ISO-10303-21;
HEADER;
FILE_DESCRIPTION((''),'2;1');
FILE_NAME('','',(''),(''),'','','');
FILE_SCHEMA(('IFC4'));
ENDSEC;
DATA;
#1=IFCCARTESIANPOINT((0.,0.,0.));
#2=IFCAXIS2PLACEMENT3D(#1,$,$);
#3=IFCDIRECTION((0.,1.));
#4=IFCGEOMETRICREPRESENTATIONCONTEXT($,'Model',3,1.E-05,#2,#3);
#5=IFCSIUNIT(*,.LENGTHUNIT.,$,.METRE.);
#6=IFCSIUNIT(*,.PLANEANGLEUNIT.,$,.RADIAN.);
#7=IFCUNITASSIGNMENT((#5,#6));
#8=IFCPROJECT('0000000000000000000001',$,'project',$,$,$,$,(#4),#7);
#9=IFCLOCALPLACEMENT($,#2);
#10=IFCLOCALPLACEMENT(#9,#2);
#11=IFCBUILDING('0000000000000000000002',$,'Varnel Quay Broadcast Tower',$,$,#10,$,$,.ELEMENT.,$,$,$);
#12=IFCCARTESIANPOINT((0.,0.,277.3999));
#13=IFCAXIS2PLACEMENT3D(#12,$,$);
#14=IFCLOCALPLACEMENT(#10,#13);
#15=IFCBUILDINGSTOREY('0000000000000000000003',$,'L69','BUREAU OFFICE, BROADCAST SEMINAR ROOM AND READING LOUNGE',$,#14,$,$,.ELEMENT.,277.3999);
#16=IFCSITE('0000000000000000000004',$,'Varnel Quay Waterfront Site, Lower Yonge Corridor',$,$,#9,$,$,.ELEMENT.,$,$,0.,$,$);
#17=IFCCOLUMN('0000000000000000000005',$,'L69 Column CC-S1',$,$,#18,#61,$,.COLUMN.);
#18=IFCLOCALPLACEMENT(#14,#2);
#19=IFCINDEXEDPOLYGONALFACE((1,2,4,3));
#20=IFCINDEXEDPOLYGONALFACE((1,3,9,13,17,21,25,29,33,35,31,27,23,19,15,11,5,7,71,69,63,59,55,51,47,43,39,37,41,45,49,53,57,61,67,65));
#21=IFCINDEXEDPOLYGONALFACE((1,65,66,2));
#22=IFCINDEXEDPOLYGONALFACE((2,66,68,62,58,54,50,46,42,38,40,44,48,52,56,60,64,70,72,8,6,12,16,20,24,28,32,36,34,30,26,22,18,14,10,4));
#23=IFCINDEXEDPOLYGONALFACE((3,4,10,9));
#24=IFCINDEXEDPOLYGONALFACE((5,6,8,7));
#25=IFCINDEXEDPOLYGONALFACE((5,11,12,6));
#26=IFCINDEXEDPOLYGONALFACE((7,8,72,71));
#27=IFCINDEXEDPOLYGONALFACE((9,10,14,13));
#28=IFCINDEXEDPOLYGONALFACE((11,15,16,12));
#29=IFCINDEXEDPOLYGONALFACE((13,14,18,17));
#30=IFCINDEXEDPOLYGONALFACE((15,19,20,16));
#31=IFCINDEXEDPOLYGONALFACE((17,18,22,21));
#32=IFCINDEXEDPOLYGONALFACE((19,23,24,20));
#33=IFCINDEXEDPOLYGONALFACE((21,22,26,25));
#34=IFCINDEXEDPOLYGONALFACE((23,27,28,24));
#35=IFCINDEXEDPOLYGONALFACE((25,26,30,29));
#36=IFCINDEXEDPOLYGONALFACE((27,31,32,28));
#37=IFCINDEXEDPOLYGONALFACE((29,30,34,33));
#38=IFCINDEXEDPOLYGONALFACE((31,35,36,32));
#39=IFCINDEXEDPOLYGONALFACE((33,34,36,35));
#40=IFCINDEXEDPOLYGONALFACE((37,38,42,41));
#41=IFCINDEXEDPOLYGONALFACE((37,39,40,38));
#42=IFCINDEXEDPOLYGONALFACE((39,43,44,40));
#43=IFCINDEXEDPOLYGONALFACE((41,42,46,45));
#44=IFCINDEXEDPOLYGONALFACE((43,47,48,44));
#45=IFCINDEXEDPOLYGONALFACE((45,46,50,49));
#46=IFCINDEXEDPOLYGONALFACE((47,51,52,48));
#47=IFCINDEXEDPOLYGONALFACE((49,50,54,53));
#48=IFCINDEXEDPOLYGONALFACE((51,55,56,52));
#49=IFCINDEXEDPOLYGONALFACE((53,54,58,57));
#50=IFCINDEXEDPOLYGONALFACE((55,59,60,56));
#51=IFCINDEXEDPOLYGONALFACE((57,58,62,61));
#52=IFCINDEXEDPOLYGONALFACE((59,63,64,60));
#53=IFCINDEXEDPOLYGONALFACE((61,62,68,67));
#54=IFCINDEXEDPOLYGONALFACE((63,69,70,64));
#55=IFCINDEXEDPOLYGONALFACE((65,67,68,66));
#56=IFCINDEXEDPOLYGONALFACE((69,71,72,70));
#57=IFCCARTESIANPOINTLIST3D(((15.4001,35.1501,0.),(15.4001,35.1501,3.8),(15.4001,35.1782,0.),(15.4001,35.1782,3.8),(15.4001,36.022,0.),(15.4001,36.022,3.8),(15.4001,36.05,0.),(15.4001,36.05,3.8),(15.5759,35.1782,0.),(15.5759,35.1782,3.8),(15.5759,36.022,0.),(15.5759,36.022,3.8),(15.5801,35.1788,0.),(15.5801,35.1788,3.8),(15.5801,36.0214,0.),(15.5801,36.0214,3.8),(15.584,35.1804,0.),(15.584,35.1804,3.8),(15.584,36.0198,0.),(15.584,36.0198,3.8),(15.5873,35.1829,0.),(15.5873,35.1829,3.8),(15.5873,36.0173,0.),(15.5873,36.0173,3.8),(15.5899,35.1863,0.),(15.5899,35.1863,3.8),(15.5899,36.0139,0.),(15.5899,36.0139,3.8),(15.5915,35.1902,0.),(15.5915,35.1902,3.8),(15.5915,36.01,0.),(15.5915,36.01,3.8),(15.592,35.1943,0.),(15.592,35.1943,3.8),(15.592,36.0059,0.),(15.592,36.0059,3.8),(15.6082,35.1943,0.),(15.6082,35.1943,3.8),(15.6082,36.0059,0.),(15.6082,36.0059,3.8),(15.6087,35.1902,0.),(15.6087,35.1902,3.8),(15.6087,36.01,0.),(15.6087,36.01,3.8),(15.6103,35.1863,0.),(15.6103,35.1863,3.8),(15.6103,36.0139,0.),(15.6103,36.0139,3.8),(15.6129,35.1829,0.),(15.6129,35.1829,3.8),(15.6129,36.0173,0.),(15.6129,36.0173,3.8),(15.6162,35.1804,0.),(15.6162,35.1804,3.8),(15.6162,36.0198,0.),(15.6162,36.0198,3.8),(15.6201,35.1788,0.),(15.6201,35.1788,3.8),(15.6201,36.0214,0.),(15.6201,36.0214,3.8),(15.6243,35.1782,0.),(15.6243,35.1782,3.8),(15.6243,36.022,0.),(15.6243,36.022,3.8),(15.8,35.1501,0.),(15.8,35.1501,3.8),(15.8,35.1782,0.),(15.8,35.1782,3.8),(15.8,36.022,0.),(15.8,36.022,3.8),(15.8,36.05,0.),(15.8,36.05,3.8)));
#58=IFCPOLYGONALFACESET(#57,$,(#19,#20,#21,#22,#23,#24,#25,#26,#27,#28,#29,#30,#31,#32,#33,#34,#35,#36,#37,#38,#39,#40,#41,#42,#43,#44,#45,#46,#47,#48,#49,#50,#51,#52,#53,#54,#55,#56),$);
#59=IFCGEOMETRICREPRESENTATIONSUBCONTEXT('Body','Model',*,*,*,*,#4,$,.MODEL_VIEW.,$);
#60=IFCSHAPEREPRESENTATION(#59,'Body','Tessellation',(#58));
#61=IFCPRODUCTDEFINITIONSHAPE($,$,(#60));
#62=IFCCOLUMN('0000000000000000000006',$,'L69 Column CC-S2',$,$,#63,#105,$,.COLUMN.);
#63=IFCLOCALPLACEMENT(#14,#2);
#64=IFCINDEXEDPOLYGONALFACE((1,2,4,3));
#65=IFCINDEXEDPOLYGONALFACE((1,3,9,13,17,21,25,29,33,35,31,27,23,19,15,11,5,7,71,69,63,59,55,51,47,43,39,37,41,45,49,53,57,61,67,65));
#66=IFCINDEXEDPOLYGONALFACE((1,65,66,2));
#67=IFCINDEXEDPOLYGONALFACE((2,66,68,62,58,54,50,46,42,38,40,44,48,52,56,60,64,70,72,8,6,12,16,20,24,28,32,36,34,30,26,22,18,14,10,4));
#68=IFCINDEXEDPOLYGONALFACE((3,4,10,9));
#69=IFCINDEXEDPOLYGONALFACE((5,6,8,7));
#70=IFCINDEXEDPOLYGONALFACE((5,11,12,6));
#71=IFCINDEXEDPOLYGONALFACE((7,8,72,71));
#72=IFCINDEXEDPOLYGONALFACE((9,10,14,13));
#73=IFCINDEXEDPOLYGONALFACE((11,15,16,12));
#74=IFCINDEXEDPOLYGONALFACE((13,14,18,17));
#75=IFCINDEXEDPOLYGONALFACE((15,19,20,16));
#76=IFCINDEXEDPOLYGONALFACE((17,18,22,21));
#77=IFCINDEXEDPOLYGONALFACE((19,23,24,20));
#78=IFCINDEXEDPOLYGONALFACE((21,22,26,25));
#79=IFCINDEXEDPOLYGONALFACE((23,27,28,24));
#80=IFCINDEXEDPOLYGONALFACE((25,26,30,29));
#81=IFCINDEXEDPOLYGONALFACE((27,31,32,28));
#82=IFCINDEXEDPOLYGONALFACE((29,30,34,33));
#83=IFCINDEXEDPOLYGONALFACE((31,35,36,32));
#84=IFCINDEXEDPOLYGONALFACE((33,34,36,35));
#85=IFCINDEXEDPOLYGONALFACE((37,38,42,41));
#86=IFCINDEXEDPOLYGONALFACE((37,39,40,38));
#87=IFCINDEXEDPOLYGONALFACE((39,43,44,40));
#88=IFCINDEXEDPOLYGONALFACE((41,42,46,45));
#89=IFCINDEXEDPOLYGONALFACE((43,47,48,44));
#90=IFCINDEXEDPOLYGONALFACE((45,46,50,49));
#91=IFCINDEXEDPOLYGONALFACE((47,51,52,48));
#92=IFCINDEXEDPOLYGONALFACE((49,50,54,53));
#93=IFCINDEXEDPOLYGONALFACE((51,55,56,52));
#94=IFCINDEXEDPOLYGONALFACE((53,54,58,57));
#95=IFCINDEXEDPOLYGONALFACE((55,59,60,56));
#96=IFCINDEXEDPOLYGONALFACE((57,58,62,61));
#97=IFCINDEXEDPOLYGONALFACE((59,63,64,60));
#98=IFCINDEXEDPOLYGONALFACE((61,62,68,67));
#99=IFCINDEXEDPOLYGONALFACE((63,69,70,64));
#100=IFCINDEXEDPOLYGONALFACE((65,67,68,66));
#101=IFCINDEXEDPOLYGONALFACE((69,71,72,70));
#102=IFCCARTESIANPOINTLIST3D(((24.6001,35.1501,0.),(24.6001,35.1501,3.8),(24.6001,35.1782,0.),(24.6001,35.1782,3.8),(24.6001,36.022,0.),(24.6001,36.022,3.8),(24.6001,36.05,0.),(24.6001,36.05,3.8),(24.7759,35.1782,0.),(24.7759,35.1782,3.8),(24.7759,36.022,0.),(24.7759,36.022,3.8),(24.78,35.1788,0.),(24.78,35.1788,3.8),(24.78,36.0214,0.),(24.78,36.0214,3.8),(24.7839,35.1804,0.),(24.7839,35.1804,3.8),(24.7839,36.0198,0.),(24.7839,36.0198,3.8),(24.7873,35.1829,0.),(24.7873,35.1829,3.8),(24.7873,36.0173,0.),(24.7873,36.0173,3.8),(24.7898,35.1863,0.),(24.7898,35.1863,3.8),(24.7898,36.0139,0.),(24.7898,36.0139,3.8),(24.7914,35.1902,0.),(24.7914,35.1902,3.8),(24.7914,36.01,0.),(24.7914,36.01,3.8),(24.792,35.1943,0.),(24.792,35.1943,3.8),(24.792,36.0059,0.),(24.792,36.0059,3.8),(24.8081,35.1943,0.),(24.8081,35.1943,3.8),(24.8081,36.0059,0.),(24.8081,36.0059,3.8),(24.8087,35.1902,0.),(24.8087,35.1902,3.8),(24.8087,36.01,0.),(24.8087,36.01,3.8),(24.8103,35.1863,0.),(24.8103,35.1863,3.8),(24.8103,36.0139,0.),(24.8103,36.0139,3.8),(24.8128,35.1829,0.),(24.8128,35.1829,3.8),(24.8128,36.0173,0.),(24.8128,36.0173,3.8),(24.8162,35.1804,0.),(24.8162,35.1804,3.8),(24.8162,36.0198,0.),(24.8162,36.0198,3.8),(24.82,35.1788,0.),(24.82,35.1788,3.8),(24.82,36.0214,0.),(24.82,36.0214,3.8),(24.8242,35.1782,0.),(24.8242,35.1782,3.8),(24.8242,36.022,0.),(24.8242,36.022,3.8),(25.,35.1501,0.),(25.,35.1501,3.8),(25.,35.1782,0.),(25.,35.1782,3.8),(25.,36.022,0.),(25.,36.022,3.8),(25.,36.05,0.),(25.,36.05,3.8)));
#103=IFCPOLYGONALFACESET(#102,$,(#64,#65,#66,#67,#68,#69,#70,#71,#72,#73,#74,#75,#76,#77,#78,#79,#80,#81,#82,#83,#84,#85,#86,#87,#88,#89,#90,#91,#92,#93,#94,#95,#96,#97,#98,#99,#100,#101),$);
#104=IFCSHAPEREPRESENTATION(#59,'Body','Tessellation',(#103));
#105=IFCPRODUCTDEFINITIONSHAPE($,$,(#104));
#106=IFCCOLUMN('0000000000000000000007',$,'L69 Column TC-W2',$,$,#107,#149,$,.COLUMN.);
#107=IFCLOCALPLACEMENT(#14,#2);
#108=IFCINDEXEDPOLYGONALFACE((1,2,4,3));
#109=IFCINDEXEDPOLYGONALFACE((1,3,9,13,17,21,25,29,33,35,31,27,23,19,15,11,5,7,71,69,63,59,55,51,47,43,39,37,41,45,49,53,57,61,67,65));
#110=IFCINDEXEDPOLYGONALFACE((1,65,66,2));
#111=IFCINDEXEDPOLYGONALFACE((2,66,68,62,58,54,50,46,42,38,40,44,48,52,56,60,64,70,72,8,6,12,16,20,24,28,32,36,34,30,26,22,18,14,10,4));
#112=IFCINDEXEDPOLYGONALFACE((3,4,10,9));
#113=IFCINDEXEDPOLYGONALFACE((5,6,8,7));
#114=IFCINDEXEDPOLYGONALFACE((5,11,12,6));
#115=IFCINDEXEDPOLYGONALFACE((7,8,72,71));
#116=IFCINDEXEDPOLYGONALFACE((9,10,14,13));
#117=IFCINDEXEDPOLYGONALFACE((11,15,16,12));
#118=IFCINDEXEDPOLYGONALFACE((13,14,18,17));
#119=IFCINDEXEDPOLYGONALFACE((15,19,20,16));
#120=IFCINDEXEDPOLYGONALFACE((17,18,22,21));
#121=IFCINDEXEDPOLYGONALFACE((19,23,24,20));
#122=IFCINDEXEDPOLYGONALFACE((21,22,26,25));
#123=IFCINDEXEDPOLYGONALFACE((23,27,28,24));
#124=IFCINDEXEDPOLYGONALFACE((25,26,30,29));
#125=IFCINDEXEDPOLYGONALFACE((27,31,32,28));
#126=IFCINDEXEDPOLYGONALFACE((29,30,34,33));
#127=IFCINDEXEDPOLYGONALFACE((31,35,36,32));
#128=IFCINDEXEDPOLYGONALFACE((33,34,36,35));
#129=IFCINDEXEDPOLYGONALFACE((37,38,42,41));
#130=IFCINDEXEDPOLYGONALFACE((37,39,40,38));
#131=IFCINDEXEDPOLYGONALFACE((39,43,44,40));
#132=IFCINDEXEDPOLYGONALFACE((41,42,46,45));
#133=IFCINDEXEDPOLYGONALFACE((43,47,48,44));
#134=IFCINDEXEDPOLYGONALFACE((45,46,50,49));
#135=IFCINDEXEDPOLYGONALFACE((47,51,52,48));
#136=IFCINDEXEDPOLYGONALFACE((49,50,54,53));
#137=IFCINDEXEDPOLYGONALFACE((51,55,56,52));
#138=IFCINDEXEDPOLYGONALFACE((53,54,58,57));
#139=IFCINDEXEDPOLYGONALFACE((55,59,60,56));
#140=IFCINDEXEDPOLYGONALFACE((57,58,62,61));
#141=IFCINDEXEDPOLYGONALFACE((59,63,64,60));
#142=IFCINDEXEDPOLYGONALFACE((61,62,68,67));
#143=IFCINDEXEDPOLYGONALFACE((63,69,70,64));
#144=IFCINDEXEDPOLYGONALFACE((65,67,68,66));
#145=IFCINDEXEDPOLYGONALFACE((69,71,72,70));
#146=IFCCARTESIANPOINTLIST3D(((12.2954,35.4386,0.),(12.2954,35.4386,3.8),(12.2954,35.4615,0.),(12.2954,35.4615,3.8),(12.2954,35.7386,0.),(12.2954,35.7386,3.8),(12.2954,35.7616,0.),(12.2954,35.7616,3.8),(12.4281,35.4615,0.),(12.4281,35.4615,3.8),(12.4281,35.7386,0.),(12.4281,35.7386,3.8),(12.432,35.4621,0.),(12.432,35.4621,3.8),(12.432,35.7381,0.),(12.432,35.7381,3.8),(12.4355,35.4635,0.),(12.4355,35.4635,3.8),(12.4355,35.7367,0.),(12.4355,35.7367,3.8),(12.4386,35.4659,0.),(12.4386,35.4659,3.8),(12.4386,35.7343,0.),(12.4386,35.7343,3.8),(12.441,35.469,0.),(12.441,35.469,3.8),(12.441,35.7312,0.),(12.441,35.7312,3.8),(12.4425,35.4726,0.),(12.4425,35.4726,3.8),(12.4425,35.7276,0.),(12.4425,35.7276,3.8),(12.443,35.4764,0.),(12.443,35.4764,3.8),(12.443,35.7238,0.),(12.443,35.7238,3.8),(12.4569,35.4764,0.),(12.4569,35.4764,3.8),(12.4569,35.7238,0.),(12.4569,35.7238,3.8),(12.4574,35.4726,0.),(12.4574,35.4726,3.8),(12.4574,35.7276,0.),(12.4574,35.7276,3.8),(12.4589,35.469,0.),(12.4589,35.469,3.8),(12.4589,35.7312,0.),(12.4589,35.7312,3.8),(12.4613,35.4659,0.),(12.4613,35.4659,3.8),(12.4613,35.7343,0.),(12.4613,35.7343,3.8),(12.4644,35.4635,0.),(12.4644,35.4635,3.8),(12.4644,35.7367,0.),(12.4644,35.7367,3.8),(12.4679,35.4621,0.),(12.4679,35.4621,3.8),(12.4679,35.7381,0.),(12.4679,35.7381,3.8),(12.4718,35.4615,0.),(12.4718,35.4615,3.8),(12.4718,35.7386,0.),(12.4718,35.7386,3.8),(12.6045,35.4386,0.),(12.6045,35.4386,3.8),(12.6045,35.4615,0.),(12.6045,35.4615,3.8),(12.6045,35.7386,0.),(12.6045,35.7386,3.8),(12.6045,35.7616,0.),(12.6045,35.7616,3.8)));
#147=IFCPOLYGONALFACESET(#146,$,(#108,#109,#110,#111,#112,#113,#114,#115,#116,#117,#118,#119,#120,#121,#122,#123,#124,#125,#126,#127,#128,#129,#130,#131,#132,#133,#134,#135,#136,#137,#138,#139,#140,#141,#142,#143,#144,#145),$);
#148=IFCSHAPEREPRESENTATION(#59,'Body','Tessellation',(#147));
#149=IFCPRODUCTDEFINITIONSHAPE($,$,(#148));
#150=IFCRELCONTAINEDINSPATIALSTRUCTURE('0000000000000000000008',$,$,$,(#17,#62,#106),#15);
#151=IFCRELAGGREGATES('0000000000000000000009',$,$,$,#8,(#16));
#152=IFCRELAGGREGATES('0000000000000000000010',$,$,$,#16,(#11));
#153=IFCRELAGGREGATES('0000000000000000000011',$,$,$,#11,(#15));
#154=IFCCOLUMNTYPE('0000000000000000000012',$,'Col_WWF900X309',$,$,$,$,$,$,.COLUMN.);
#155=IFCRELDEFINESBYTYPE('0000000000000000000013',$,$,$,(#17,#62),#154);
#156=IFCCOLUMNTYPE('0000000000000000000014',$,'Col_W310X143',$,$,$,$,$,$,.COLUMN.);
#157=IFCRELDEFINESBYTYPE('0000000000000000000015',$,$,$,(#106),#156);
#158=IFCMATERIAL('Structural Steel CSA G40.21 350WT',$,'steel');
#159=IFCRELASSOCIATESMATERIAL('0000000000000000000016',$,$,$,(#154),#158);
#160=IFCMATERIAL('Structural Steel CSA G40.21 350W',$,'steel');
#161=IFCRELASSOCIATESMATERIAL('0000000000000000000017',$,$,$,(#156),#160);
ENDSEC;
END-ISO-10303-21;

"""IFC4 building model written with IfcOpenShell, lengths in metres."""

from ifc_helpers import new_model, si_unit, direction, frame, origin, origin_2d, place, context, subcontext, project, spatial, i_section, extrude, source, transform, mapped, material, material_profile, profile_set, type_object, type_shapes, element, save


model = new_model("IFC4")

# Units and contexts
model_context = context("Model", 3, precision=1e-05, world=origin(), true_north=direction((0.0, 1.0)))
body_context = subcontext(model_context, "Body", "Model", "MODEL_VIEW")
ifc_project = project(units=[si_unit("LENGTHUNIT", "METRE"), si_unit("PLANEANGLEUNIT", "RADIAN")], contexts=[model_context])

# Site, building, storey
site_placement = place(None, origin())
site = spatial("IfcSite", under=ifc_project, at=site_placement, Name="Varnel Quay Waterfront Site, Lower Yonge Corridor", CompositionType="ELEMENT", RefElevation=0.0)
building_placement = place(site_placement, origin())
building = spatial("IfcBuilding", under=site, at=building_placement, Name="Varnel Quay Broadcast Tower", CompositionType="ELEMENT")
storey_placement = place(building_placement, frame((0.0, 0.0, 277.3999)))
storey = spatial("IfcBuildingStorey", under=building, at=storey_placement, Name="L69", Description="BUREAU OFFICE, BROADCAST SEMINAR ROOM AND READING LOUNGE", CompositionType="ELEMENT", Elevation=277.3999)

# Columns
ifc_material_1 = material(Name="Structural Steel CSA G40.21 350WT", Category="steel")
ifc_material_profile_1 = material_profile(ifc_material_1, i_section(OverallWidth=0.3999, OverallDepth=0.8999, WebThickness=0.0161, FlangeThickness=0.0281, FilletRadius=0.0161, at=origin_2d()), Name="WWF900X309")
ifc_profile_set_1 = profile_set([ifc_material_profile_1], Name="Structural Steel CSA G40.21 350WT")
column_type_1 = type_object("IfcColumnType", Name="Col_WWF900X309", PredefinedType="COLUMN", material=ifc_profile_set_1)
shared_shape_1 = source(origin(), body_context, "Body", "SweptSolid", [
    extrude(i_section(OverallWidth=0.3999, OverallDepth=0.8999, WebThickness=0.0161, FlangeThickness=0.0281, FilletRadius=0.0161, at=origin_2d()), origin(), (0.0, 0.0, 1.0), 3.8),
])
type_shapes(column_type_1, [shared_shape_1])
for number, where, z_axis, x_axis, name in (
    (1, (15.6001, 35.6001, 0.0), (0.0, 0.0, 1.0), (1.0, 0.0, 0.0), "L69 Column CC-S1"),
    (2, (24.8, 35.6001, 0.0), (0.0, 0.0, 1.0), (1.0, 0.0, 0.0), "L69 Column CC-S2"),
):
    element("IfcColumn", number, at=place(storey_placement, frame(where, z_axis=z_axis, x_axis=x_axis)), inside=storey, type_object=column_type_1, Name=name, PredefinedType="COLUMN", context=body_context, shape_type="MappedRepresentation", body=[
        mapped(shared_shape_1, transform((0.0, 0.0, 0.0), x_axis=(1.0, 0.0, 0.0), y_axis=(0.0, 1.0, 0.0), z_axis=(0.0, 0.0, 1.0), scale=1.0)),
    ])
ifc_material_2 = material(Name="Structural Steel CSA G40.21 350W", Category="steel")
ifc_material_profile_2 = material_profile(ifc_material_2, i_section(OverallWidth=0.3091, OverallDepth=0.323, WebThickness=0.0139, FlangeThickness=0.0229, FilletRadius=0.0149, at=origin_2d()), Name="W310X143")
ifc_profile_set_2 = profile_set([ifc_material_profile_2], Name="Structural Steel CSA G40.21 350W")
column_type_2 = type_object("IfcColumnType", Name="Col_W310X143", PredefinedType="COLUMN", material=ifc_profile_set_2)
shared_shape_2 = source(origin(), body_context, "Body", "SweptSolid", [
    extrude(i_section(OverallWidth=0.3091, OverallDepth=0.323, WebThickness=0.0139, FlangeThickness=0.0229, FilletRadius=0.0149, at=origin_2d()), origin(), (0.0, 0.0, 1.0), 3.8),
])
type_shapes(column_type_2, [shared_shape_2])
column_1_placement = place(storey_placement, frame((12.45, 35.6001, 0.0), z_axis=(0.0, 0.0, 1.0), x_axis=(1.0, 0.0, 0.0)))
element("IfcColumn", 3, at=column_1_placement, inside=storey, type_object=column_type_2, Name="L69 Column TC-W2", PredefinedType="COLUMN", context=body_context, shape_type="MappedRepresentation", body=[
    mapped(shared_shape_2, transform((0.0, 0.0, 0.0), x_axis=(1.0, 0.0, 0.0), y_axis=(0.0, 1.0, 0.0), z_axis=(0.0, 0.0, 1.0), scale=1.0)),
])

save(model, "model.ifc")
